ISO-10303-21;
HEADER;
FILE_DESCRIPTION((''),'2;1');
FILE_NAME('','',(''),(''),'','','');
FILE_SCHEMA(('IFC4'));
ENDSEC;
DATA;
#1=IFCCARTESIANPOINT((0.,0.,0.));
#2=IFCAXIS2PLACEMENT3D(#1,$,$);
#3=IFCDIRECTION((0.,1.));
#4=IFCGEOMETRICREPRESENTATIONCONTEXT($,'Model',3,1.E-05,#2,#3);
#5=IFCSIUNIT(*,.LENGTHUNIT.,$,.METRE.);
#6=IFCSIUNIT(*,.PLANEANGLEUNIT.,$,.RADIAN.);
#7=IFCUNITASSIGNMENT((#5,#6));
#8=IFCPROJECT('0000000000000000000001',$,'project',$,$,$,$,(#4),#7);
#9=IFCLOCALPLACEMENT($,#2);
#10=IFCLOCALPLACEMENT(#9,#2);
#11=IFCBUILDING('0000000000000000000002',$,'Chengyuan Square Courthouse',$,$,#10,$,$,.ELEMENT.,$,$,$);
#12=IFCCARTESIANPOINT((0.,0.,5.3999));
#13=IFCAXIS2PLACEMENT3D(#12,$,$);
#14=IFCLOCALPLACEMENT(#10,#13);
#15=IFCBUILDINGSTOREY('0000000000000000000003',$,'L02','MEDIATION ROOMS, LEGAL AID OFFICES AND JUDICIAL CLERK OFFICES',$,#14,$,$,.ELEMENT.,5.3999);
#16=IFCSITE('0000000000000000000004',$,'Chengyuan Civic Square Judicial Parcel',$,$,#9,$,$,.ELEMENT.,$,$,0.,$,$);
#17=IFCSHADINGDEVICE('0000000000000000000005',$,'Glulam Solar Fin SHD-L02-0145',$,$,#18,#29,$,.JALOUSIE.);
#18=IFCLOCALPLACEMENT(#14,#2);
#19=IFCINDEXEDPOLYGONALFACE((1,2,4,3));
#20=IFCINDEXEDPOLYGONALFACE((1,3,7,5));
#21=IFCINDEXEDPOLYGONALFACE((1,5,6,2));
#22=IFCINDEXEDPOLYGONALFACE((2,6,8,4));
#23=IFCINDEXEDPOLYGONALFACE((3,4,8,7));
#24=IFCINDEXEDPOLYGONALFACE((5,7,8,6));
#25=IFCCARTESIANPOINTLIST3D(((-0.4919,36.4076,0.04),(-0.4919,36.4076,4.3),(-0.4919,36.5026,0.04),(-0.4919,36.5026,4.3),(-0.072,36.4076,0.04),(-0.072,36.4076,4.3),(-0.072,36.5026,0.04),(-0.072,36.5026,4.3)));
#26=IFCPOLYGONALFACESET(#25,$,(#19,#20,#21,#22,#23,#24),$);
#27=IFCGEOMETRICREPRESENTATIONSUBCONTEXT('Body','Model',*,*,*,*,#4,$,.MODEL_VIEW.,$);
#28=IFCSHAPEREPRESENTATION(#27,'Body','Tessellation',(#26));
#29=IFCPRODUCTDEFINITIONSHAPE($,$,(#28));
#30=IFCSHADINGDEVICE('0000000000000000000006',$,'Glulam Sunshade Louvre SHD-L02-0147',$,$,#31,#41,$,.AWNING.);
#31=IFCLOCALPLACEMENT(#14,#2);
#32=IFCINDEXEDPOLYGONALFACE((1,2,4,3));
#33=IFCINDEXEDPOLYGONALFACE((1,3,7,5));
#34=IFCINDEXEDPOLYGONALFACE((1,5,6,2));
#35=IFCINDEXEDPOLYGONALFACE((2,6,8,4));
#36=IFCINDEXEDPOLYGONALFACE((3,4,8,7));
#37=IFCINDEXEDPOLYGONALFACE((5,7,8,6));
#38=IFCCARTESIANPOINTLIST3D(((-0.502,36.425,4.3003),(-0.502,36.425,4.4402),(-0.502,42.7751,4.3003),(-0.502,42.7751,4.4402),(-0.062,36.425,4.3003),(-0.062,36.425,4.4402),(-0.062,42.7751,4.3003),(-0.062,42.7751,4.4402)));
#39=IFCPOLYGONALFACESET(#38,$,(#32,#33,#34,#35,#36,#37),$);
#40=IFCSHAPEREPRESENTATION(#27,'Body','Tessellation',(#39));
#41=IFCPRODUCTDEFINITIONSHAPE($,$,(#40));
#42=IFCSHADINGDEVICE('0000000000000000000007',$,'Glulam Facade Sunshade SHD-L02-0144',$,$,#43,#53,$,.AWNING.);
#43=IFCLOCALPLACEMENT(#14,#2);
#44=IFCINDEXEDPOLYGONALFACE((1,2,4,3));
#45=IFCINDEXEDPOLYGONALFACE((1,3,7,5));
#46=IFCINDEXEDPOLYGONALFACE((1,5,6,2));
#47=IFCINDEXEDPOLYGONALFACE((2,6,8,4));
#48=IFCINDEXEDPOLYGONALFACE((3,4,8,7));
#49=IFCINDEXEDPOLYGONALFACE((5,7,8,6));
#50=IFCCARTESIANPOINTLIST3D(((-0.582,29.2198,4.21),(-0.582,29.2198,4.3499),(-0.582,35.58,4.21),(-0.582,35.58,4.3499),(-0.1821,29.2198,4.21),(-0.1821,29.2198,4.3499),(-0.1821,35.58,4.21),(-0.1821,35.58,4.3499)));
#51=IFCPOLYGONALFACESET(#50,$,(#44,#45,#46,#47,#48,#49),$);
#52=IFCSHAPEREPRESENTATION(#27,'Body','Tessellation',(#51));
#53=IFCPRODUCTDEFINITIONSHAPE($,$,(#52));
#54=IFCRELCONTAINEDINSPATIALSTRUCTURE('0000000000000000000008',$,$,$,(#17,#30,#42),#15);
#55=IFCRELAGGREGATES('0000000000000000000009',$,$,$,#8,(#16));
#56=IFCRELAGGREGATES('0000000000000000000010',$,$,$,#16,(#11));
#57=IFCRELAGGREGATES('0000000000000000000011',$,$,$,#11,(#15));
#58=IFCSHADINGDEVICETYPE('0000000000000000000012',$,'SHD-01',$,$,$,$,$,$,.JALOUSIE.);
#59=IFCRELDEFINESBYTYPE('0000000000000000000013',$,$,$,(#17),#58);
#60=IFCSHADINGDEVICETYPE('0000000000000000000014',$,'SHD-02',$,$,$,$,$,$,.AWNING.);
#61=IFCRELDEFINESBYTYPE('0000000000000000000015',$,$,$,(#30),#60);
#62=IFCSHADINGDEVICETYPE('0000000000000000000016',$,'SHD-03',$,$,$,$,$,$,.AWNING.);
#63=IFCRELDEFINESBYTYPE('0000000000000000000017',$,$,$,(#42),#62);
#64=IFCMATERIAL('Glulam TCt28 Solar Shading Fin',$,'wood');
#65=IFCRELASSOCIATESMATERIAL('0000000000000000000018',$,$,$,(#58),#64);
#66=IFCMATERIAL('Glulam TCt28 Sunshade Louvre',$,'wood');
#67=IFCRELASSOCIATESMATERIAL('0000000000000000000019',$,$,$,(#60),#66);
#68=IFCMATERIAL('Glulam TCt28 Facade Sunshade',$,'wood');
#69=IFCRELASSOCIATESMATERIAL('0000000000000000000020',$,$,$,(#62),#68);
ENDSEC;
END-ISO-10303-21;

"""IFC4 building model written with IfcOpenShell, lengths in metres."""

from ifc_helpers import new_model, si_unit, direction, frame, origin, origin_2d, place, context, subcontext, project, spatial, rectangle, extrude, material, type_object, element, save


model = new_model("IFC4")

# Units and contexts
model_context = context("Model", 3, precision=1e-05, world=origin(), true_north=direction((0.0, 1.0)))
body_context = subcontext(model_context, "Body", "Model", "MODEL_VIEW")
ifc_project = project(units=[si_unit("LENGTHUNIT", "METRE"), si_unit("PLANEANGLEUNIT", "RADIAN")], contexts=[model_context])

# Site, building, storey
site_placement = place(None, origin())
site = spatial("IfcSite", under=ifc_project, at=site_placement, Name="Chengyuan Civic Square Judicial Parcel", CompositionType="ELEMENT", RefElevation=0.0)
building_placement = place(site_placement, origin())
building = spatial("IfcBuilding", under=site, at=building_placement, Name="Chengyuan Square Courthouse", CompositionType="ELEMENT")
storey_placement = place(building_placement, frame((0.0, 0.0, 5.3999)))
storey = spatial("IfcBuildingStorey", under=building, at=storey_placement, Name="L02", Description="MEDIATION ROOMS, LEGAL AID OFFICES AND JUDICIAL CLERK OFFICES", CompositionType="ELEMENT", Elevation=5.3999)

# Shading devices
ifc_material_1 = material(Name="Glulam TCt28 Solar Shading Fin", Category="wood")
shading_device_type_1 = type_object("IfcShadingDeviceType", Name="SHD-01", PredefinedType="JALOUSIE", material=ifc_material_1)
shading_device_1_placement = place(storey_placement, frame((-0.282, 36.4551, 0.04), z_axis=(0.0, 0.0, 1.0), x_axis=(1.0, 0.0, 0.0)))
element("IfcShadingDevice", 1, at=shading_device_1_placement, inside=storey, type_object=shading_device_type_1, Name="Glulam Solar Fin SHD-L02-0145", PredefinedType="JALOUSIE", context=body_context, shape_type="SweptSolid", body=[
    extrude(rectangle(XDim=0.4199, YDim=0.095, at=origin_2d()), origin(), (0.0, 0.0, 1.0), 4.26),
])
ifc_material_2 = material(Name="Glulam TCt28 Sunshade Louvre", Category="wood")
shading_device_type_2 = type_object("IfcShadingDeviceType", Name="SHD-02", PredefinedType="AWNING", material=ifc_material_2)
shading_device_2_placement = place(storey_placement, frame((-0.282, 39.6001, 4.3003), z_axis=(0.0, 0.0, 1.0), x_axis=(0.0, 1.0, 0.0)))
element("IfcShadingDevice", 2, at=shading_device_2_placement, inside=storey, type_object=shading_device_type_2, Name="Glulam Sunshade Louvre SHD-L02-0147", PredefinedType="AWNING", context=body_context, shape_type="SweptSolid", body=[
    extrude(rectangle(XDim=6.3501, YDim=0.4399, at=origin_2d()), origin(), (0.0, 0.0, 1.0), 0.1399),
])
ifc_material_3 = material(Name="Glulam TCt28 Facade Sunshade", Category="wood")
shading_device_type_3 = type_object("IfcShadingDeviceType", Name="SHD-03", PredefinedType="AWNING", material=ifc_material_3)
shading_device_3_placement = place(storey_placement, frame((-0.3821, 32.3999, 4.21), z_axis=(0.0, 0.0, 1.0), x_axis=(0.0, 1.0, 0.0)))
element("IfcShadingDevice", 3, at=shading_device_3_placement, inside=storey, type_object=shading_device_type_3, Name="Glulam Facade Sunshade SHD-L02-0144", PredefinedType="AWNING", context=body_context, shape_type="SweptSolid", body=[
    extrude(rectangle(XDim=6.3601, YDim=0.3999, at=origin_2d()), origin(), (0.0, 0.0, 1.0), 0.1399),
])

save(model, "model.ifc")
